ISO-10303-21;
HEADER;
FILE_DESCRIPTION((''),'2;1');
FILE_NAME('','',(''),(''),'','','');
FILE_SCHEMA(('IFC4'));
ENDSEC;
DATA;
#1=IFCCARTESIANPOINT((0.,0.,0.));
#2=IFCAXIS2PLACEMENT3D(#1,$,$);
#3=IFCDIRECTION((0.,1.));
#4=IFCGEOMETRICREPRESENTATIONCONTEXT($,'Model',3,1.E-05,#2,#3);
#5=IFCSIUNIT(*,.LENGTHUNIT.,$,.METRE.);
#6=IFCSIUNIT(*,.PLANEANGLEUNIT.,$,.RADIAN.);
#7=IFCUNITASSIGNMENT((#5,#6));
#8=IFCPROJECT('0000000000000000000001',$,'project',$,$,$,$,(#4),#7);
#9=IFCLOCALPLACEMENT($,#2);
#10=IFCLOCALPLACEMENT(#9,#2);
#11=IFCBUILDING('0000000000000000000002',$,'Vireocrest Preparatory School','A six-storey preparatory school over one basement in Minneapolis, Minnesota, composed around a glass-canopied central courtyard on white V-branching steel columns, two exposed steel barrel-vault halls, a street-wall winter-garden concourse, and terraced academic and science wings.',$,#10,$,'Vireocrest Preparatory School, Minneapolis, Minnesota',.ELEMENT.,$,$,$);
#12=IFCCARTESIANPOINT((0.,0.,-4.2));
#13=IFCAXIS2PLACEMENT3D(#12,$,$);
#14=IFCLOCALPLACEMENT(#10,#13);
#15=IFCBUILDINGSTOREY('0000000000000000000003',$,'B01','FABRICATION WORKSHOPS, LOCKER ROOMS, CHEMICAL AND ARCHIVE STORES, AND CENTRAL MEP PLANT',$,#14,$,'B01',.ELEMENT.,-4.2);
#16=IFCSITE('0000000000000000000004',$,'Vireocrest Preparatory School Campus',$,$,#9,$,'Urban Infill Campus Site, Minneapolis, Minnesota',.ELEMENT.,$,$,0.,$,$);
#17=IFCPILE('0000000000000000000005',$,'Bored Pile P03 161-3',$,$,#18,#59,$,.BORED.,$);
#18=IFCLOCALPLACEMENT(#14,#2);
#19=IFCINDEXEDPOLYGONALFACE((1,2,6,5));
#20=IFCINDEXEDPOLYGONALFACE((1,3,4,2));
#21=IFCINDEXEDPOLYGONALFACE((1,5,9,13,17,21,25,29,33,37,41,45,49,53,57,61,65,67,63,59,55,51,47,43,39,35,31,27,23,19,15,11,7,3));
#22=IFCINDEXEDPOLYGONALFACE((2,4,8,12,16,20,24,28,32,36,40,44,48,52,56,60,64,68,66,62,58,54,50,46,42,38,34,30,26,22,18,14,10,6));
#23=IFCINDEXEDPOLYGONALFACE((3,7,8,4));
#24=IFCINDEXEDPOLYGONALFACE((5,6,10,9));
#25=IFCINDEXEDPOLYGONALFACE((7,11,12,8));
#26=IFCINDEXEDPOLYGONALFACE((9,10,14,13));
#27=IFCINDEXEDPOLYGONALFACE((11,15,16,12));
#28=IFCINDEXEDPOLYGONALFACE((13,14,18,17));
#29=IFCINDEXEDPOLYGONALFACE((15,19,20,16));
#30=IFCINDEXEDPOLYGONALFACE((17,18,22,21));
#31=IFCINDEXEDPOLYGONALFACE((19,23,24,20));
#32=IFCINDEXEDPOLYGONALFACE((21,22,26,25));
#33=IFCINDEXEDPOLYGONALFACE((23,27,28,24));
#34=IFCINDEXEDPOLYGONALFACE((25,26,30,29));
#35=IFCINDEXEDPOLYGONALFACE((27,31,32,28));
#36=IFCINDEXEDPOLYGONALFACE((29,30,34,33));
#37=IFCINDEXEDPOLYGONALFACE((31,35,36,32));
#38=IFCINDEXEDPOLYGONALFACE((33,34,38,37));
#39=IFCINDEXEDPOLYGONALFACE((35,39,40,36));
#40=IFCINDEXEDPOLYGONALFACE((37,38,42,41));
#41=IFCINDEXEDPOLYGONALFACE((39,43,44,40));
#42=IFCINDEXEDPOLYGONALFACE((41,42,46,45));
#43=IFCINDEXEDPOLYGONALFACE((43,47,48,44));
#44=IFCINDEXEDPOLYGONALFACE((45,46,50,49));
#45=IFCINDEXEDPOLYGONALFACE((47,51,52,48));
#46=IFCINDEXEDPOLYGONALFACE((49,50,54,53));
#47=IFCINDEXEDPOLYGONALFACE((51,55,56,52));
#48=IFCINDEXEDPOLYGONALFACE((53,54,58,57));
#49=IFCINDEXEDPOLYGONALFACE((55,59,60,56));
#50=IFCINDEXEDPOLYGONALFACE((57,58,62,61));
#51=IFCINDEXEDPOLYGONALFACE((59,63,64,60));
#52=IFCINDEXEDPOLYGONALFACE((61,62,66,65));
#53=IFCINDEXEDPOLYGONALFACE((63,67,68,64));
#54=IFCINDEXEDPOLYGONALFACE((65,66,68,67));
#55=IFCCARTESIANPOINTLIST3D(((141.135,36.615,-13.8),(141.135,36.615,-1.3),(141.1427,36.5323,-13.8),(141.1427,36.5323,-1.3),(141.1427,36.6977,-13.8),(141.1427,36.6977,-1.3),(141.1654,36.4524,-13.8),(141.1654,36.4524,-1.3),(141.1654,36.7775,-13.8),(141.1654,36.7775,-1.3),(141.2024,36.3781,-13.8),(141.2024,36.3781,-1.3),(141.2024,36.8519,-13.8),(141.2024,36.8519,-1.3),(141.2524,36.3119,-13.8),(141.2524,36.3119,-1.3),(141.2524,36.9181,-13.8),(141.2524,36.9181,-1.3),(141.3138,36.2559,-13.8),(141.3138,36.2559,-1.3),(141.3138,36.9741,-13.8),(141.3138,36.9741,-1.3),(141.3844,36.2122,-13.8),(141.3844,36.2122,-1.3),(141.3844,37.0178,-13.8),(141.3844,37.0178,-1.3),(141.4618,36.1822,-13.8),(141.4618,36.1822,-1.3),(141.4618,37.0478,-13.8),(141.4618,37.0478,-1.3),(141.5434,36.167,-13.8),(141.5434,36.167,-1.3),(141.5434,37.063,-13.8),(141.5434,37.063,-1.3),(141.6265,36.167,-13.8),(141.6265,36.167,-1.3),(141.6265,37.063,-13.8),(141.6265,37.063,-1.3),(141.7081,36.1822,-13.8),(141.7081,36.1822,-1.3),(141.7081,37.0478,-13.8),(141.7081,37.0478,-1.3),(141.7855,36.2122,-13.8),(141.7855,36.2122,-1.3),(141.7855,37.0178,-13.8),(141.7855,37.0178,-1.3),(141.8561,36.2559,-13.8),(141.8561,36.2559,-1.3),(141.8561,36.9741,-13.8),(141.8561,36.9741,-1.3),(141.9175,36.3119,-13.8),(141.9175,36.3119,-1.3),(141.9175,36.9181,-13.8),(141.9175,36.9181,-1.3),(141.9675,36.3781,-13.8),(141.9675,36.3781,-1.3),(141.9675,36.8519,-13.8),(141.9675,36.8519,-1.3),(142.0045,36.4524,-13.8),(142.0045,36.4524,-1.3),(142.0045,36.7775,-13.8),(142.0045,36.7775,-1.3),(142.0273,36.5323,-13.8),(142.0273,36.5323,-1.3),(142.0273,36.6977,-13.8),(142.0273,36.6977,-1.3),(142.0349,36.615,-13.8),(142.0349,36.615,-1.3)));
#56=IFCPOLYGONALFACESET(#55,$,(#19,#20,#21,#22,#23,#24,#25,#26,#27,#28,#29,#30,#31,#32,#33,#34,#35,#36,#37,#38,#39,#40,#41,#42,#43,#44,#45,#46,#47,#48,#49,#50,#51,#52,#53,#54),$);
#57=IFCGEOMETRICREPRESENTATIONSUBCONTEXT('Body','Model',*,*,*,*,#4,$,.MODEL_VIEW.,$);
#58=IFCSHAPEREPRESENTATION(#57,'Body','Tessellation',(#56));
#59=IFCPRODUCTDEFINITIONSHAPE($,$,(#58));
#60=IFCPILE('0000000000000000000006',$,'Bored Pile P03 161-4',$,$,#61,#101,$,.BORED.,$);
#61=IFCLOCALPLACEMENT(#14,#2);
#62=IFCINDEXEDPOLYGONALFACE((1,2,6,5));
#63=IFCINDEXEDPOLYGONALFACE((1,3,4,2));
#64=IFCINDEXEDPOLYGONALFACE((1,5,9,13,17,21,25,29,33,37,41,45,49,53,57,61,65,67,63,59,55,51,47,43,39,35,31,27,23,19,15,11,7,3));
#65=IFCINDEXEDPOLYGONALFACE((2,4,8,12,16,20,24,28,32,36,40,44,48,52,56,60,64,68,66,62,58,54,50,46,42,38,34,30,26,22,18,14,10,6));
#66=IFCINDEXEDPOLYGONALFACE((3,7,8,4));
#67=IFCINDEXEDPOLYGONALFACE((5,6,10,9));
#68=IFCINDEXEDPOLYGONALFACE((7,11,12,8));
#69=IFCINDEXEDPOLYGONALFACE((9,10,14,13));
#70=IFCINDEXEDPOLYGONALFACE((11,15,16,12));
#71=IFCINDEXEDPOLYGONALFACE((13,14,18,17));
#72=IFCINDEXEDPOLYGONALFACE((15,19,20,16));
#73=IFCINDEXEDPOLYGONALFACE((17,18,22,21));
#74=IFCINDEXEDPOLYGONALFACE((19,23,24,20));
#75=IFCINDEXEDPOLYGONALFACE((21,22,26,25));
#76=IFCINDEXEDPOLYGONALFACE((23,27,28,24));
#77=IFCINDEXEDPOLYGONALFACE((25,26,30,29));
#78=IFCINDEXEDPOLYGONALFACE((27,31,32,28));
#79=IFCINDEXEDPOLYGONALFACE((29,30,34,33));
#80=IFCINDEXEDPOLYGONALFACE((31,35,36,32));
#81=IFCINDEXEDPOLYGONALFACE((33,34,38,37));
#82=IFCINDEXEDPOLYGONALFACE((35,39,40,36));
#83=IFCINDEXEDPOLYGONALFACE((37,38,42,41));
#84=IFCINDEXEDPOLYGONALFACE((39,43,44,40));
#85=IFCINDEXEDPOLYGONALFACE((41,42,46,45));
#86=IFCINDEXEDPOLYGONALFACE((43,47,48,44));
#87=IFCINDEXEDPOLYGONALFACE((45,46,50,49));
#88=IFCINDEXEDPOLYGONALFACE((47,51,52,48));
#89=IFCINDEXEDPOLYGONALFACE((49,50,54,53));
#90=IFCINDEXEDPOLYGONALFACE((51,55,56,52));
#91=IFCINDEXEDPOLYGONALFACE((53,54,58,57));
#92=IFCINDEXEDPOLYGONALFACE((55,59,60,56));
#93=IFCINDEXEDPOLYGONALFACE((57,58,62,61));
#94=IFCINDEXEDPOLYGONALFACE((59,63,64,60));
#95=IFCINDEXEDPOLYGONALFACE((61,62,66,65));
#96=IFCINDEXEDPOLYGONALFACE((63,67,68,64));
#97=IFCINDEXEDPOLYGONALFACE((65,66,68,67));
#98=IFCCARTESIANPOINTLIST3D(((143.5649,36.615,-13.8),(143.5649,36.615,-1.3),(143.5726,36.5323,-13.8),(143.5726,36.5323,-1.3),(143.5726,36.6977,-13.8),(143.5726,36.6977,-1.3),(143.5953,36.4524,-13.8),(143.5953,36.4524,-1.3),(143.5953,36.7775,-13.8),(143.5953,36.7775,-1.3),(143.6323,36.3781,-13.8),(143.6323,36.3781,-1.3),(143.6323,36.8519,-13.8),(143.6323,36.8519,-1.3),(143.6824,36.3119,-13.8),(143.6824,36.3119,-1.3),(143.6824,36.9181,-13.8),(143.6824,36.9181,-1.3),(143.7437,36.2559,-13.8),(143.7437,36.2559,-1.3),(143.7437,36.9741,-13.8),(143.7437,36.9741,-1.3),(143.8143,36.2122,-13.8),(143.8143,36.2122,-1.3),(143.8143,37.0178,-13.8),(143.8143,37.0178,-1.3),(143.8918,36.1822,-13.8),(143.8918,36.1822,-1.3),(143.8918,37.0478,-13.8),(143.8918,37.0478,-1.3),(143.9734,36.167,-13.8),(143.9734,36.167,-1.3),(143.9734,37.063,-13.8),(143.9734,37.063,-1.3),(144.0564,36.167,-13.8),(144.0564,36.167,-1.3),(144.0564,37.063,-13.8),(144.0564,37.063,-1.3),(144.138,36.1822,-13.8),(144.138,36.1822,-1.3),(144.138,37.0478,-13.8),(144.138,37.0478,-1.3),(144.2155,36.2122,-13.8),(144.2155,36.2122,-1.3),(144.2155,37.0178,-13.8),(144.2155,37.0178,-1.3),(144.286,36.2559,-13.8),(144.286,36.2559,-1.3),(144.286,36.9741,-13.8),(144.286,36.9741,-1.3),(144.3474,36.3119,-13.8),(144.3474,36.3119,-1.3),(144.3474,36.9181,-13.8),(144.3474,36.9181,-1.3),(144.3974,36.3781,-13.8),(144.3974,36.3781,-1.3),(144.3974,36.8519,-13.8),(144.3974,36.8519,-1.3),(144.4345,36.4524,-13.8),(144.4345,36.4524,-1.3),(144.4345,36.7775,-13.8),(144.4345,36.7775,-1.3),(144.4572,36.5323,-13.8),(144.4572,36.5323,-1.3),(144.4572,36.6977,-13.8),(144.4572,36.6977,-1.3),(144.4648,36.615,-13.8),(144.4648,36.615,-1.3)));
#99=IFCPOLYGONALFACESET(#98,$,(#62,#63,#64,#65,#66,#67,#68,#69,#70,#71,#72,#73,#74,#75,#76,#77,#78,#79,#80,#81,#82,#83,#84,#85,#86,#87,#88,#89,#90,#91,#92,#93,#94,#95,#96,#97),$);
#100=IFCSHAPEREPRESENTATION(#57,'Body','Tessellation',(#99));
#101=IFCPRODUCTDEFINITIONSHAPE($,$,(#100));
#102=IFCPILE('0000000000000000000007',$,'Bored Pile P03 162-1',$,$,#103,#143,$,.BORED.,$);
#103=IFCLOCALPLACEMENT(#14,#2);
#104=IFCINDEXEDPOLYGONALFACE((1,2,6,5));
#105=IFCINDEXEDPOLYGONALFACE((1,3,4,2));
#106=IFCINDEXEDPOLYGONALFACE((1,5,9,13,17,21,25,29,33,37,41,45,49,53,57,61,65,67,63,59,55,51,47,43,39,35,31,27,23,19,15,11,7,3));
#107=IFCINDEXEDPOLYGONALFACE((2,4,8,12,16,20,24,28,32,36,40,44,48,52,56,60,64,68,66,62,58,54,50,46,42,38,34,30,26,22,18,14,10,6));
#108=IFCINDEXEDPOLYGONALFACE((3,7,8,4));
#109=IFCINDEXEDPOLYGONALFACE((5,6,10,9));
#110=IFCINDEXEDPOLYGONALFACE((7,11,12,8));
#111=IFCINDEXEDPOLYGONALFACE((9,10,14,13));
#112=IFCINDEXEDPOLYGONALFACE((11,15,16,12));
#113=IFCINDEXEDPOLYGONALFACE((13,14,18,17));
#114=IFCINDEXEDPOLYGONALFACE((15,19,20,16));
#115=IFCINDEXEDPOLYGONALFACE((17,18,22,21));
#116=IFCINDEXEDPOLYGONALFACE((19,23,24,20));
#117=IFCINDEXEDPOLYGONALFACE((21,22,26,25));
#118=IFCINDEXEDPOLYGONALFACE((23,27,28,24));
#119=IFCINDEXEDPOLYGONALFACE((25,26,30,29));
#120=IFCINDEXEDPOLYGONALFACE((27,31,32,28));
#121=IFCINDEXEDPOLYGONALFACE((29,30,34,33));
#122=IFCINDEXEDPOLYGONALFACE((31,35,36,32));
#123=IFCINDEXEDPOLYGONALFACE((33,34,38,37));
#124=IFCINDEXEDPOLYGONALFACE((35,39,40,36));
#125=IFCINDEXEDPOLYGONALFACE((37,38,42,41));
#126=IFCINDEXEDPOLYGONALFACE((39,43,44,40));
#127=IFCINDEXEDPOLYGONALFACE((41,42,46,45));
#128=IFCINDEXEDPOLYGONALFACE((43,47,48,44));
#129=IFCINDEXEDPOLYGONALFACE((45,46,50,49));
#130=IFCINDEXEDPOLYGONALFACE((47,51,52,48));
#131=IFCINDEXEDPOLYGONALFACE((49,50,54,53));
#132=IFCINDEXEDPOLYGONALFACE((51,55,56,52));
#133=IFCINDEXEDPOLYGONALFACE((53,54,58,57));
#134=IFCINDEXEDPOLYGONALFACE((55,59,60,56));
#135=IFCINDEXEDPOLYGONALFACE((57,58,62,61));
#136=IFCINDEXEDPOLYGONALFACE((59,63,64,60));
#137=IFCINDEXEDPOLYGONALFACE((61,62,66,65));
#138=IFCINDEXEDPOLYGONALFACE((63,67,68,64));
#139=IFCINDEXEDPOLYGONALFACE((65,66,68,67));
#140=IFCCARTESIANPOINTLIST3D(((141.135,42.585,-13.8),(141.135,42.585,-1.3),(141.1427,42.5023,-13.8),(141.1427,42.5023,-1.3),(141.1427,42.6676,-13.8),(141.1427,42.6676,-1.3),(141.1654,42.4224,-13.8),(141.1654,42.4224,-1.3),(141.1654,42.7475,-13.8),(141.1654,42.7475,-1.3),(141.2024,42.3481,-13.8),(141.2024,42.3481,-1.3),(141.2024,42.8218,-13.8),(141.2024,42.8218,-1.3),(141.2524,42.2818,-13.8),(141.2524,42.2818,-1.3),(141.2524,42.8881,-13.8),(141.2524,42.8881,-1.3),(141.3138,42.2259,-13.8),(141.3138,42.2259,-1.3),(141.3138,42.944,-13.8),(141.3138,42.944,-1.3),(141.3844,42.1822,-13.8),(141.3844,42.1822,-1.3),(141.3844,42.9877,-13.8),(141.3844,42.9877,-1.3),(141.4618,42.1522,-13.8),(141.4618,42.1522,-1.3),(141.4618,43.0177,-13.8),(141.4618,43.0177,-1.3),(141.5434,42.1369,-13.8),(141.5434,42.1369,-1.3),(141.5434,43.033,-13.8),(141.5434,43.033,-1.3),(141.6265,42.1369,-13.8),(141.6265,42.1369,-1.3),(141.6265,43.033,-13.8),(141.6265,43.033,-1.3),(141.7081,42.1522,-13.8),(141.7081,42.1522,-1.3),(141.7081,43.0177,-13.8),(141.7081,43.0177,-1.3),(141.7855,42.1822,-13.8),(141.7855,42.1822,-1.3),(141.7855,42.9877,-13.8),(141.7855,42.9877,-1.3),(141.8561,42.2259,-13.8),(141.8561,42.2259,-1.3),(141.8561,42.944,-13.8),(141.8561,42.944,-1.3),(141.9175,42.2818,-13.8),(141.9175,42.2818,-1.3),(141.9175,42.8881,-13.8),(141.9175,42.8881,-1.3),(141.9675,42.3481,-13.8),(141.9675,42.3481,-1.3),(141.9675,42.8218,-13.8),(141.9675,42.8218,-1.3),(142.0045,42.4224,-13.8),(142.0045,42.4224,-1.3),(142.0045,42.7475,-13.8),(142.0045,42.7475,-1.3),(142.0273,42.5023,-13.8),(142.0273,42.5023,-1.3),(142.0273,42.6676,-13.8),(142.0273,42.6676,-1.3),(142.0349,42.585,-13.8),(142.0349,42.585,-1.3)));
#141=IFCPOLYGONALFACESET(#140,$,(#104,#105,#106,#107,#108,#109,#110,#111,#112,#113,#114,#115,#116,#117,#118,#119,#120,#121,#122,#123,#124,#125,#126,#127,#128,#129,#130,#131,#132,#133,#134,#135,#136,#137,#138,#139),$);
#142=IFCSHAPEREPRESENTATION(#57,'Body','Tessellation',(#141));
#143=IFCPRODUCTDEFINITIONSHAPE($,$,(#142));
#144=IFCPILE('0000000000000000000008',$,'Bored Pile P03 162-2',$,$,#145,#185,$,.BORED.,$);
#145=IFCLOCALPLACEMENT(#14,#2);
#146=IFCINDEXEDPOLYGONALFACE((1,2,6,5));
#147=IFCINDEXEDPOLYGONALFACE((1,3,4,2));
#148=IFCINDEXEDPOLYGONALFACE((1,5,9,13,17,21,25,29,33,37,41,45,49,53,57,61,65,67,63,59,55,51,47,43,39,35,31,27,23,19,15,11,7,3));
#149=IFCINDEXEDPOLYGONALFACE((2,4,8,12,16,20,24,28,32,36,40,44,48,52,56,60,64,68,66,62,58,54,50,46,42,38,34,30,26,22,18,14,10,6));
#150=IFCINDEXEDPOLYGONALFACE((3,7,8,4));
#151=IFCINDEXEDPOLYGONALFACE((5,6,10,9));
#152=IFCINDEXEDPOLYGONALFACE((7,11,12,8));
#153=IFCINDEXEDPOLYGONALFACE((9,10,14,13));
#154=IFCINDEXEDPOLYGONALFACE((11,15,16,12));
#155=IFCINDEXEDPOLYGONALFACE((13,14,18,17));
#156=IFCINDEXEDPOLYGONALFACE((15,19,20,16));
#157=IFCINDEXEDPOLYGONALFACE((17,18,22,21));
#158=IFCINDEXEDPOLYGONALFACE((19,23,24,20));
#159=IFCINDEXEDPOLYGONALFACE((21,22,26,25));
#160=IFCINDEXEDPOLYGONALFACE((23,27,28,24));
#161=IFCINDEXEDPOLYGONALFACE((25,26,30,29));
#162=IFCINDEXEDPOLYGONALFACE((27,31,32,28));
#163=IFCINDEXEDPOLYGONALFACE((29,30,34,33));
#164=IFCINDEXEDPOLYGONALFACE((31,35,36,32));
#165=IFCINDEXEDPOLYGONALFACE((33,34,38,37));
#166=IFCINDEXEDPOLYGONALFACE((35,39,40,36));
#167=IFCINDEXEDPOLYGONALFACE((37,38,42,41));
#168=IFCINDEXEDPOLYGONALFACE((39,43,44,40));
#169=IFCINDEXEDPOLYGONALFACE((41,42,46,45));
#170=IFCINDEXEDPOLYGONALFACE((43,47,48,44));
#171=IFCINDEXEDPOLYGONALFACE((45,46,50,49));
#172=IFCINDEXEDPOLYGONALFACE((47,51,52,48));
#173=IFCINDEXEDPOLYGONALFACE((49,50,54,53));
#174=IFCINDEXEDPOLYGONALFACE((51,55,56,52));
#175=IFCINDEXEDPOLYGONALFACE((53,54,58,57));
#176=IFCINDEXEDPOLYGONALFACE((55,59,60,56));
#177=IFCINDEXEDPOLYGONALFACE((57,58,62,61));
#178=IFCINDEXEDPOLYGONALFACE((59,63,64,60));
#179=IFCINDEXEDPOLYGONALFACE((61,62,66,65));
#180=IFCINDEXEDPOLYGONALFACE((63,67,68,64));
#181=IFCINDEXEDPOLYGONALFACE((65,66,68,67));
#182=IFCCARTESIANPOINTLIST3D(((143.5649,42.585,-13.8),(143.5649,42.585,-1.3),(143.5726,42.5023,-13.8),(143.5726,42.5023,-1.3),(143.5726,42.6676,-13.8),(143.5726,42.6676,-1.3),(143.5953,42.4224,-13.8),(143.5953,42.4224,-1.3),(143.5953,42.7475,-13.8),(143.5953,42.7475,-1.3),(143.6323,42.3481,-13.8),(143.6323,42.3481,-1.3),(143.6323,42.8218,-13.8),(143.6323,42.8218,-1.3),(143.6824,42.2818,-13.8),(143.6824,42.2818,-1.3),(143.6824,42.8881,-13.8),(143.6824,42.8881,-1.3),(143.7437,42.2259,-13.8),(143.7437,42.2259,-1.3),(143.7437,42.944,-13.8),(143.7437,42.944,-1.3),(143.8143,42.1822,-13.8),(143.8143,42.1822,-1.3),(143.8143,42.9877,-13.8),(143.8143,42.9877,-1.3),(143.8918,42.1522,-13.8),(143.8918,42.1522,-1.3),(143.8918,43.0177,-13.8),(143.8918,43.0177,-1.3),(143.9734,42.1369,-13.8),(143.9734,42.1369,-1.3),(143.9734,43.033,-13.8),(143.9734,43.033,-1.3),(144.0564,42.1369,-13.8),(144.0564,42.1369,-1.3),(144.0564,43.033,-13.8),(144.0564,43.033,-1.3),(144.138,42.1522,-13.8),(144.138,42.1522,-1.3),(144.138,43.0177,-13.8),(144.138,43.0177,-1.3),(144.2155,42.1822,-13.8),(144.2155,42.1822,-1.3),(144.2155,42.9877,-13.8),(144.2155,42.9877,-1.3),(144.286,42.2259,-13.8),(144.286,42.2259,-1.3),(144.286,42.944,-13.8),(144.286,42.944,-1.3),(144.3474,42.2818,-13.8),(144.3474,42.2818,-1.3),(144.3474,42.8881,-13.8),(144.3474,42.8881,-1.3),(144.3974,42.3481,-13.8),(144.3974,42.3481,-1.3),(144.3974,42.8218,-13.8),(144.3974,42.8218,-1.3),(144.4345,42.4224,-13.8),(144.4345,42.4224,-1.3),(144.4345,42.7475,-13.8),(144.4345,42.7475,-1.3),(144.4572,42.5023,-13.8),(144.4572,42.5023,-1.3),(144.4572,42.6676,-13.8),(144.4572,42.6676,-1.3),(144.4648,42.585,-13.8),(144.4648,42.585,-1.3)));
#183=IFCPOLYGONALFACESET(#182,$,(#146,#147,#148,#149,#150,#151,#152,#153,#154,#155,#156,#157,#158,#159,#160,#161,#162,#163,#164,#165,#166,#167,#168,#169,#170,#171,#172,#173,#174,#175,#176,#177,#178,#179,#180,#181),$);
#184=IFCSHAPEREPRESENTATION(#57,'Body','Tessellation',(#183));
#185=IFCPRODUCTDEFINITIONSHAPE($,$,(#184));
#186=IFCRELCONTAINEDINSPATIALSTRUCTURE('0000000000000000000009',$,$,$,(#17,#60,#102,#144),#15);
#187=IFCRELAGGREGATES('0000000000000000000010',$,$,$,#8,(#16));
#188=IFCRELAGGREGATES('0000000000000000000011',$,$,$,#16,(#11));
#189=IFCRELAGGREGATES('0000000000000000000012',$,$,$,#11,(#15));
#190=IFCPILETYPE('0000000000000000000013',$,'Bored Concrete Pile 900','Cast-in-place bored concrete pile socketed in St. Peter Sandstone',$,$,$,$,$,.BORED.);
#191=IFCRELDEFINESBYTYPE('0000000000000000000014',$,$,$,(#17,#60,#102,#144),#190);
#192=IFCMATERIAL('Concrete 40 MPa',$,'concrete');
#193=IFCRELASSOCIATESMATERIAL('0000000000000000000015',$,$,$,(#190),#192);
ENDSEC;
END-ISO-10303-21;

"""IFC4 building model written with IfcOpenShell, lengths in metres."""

from ifc_helpers import new_model, si_unit, direction, frame, origin, origin_2d, place, context, subcontext, project, spatial, circle, extrude, material, material_profile, profile_set, type_object, element, save


model = new_model("IFC4")

# Units and contexts
model_context = context("Model", 3, precision=1e-05, world=origin(), true_north=direction((0.0, 1.0)))
body_context = subcontext(model_context, "Body", "Model", "MODEL_VIEW")
ifc_project = project(units=[si_unit("LENGTHUNIT", "METRE"), si_unit("PLANEANGLEUNIT", "RADIAN")], contexts=[model_context])

# Site, building, storey
site_placement = place(None, origin())
site = spatial("IfcSite", under=ifc_project, at=site_placement, Name="Vireocrest Preparatory School Campus", LongName="Urban Infill Campus Site, Minneapolis, Minnesota", CompositionType="ELEMENT", RefElevation=0.0)
building_placement = place(site_placement, origin())
building = spatial("IfcBuilding", under=site, at=building_placement, Name="Vireocrest Preparatory School", Description="A six-storey preparatory school over one basement in Minneapolis, Minnesota, composed around a glass-canopied central courtyard on white V-branching steel columns, two exposed steel barrel-vault halls, a street-wall winter-garden concourse, and terraced academic and science wings.", LongName="Vireocrest Preparatory School, Minneapolis, Minnesota", CompositionType="ELEMENT")
storey_placement = place(building_placement, frame((0.0, 0.0, -4.2)))
storey = spatial("IfcBuildingStorey", under=building, at=storey_placement, Name="B01", Description="FABRICATION WORKSHOPS, LOCKER ROOMS, CHEMICAL AND ARCHIVE STORES, AND CENTRAL MEP PLANT", LongName="B01", CompositionType="ELEMENT", Elevation=-4.2)

# Piles
ifc_material_1 = material(Name="Concrete 40 MPa", Category="concrete")
ifc_material_profile_1 = material_profile(ifc_material_1, circle(Radius=0.45, at=origin_2d()), Name="BORED PILE 900")
ifc_profile_set_1 = profile_set([ifc_material_profile_1], Name="Concrete 40 MPa")
pile_type_1 = type_object("IfcPileType", Name="Bored Concrete Pile 900", Description="Cast-in-place bored concrete pile socketed in St. Peter Sandstone", PredefinedType="BORED", material=ifc_profile_set_1)
for number, where, z_axis, x_axis, name in (
    (1, (141.585, 36.615, -1.3), (0.0, 0.0, -1.0), (1.0, 0.0, 0.0), "Bored Pile P03 161-3"),
    (2, (144.0149, 36.615, -1.3), (0.0, 0.0, -1.0), (1.0, 0.0, 0.0), "Bored Pile P03 161-4"),
    (3, (141.585, 42.585, -1.3), (0.0, 0.0, -1.0), (1.0, 0.0, 0.0), "Bored Pile P03 162-1"),
    (4, (144.0149, 42.585, -1.3), (0.0, 0.0, -1.0), (1.0, 0.0, 0.0), "Bored Pile P03 162-2"),
):
    element("IfcPile", number, at=place(storey_placement, frame(where, z_axis=z_axis, x_axis=x_axis)), inside=storey, type_object=pile_type_1, Name=name, PredefinedType="BORED", context=body_context, shape_type="SweptSolid", body=[
        extrude(circle(Radius=0.45, at=origin_2d()), origin(), (0.0, 0.0, 1.0), 12.5),
    ])

save(model, "model.ifc")
